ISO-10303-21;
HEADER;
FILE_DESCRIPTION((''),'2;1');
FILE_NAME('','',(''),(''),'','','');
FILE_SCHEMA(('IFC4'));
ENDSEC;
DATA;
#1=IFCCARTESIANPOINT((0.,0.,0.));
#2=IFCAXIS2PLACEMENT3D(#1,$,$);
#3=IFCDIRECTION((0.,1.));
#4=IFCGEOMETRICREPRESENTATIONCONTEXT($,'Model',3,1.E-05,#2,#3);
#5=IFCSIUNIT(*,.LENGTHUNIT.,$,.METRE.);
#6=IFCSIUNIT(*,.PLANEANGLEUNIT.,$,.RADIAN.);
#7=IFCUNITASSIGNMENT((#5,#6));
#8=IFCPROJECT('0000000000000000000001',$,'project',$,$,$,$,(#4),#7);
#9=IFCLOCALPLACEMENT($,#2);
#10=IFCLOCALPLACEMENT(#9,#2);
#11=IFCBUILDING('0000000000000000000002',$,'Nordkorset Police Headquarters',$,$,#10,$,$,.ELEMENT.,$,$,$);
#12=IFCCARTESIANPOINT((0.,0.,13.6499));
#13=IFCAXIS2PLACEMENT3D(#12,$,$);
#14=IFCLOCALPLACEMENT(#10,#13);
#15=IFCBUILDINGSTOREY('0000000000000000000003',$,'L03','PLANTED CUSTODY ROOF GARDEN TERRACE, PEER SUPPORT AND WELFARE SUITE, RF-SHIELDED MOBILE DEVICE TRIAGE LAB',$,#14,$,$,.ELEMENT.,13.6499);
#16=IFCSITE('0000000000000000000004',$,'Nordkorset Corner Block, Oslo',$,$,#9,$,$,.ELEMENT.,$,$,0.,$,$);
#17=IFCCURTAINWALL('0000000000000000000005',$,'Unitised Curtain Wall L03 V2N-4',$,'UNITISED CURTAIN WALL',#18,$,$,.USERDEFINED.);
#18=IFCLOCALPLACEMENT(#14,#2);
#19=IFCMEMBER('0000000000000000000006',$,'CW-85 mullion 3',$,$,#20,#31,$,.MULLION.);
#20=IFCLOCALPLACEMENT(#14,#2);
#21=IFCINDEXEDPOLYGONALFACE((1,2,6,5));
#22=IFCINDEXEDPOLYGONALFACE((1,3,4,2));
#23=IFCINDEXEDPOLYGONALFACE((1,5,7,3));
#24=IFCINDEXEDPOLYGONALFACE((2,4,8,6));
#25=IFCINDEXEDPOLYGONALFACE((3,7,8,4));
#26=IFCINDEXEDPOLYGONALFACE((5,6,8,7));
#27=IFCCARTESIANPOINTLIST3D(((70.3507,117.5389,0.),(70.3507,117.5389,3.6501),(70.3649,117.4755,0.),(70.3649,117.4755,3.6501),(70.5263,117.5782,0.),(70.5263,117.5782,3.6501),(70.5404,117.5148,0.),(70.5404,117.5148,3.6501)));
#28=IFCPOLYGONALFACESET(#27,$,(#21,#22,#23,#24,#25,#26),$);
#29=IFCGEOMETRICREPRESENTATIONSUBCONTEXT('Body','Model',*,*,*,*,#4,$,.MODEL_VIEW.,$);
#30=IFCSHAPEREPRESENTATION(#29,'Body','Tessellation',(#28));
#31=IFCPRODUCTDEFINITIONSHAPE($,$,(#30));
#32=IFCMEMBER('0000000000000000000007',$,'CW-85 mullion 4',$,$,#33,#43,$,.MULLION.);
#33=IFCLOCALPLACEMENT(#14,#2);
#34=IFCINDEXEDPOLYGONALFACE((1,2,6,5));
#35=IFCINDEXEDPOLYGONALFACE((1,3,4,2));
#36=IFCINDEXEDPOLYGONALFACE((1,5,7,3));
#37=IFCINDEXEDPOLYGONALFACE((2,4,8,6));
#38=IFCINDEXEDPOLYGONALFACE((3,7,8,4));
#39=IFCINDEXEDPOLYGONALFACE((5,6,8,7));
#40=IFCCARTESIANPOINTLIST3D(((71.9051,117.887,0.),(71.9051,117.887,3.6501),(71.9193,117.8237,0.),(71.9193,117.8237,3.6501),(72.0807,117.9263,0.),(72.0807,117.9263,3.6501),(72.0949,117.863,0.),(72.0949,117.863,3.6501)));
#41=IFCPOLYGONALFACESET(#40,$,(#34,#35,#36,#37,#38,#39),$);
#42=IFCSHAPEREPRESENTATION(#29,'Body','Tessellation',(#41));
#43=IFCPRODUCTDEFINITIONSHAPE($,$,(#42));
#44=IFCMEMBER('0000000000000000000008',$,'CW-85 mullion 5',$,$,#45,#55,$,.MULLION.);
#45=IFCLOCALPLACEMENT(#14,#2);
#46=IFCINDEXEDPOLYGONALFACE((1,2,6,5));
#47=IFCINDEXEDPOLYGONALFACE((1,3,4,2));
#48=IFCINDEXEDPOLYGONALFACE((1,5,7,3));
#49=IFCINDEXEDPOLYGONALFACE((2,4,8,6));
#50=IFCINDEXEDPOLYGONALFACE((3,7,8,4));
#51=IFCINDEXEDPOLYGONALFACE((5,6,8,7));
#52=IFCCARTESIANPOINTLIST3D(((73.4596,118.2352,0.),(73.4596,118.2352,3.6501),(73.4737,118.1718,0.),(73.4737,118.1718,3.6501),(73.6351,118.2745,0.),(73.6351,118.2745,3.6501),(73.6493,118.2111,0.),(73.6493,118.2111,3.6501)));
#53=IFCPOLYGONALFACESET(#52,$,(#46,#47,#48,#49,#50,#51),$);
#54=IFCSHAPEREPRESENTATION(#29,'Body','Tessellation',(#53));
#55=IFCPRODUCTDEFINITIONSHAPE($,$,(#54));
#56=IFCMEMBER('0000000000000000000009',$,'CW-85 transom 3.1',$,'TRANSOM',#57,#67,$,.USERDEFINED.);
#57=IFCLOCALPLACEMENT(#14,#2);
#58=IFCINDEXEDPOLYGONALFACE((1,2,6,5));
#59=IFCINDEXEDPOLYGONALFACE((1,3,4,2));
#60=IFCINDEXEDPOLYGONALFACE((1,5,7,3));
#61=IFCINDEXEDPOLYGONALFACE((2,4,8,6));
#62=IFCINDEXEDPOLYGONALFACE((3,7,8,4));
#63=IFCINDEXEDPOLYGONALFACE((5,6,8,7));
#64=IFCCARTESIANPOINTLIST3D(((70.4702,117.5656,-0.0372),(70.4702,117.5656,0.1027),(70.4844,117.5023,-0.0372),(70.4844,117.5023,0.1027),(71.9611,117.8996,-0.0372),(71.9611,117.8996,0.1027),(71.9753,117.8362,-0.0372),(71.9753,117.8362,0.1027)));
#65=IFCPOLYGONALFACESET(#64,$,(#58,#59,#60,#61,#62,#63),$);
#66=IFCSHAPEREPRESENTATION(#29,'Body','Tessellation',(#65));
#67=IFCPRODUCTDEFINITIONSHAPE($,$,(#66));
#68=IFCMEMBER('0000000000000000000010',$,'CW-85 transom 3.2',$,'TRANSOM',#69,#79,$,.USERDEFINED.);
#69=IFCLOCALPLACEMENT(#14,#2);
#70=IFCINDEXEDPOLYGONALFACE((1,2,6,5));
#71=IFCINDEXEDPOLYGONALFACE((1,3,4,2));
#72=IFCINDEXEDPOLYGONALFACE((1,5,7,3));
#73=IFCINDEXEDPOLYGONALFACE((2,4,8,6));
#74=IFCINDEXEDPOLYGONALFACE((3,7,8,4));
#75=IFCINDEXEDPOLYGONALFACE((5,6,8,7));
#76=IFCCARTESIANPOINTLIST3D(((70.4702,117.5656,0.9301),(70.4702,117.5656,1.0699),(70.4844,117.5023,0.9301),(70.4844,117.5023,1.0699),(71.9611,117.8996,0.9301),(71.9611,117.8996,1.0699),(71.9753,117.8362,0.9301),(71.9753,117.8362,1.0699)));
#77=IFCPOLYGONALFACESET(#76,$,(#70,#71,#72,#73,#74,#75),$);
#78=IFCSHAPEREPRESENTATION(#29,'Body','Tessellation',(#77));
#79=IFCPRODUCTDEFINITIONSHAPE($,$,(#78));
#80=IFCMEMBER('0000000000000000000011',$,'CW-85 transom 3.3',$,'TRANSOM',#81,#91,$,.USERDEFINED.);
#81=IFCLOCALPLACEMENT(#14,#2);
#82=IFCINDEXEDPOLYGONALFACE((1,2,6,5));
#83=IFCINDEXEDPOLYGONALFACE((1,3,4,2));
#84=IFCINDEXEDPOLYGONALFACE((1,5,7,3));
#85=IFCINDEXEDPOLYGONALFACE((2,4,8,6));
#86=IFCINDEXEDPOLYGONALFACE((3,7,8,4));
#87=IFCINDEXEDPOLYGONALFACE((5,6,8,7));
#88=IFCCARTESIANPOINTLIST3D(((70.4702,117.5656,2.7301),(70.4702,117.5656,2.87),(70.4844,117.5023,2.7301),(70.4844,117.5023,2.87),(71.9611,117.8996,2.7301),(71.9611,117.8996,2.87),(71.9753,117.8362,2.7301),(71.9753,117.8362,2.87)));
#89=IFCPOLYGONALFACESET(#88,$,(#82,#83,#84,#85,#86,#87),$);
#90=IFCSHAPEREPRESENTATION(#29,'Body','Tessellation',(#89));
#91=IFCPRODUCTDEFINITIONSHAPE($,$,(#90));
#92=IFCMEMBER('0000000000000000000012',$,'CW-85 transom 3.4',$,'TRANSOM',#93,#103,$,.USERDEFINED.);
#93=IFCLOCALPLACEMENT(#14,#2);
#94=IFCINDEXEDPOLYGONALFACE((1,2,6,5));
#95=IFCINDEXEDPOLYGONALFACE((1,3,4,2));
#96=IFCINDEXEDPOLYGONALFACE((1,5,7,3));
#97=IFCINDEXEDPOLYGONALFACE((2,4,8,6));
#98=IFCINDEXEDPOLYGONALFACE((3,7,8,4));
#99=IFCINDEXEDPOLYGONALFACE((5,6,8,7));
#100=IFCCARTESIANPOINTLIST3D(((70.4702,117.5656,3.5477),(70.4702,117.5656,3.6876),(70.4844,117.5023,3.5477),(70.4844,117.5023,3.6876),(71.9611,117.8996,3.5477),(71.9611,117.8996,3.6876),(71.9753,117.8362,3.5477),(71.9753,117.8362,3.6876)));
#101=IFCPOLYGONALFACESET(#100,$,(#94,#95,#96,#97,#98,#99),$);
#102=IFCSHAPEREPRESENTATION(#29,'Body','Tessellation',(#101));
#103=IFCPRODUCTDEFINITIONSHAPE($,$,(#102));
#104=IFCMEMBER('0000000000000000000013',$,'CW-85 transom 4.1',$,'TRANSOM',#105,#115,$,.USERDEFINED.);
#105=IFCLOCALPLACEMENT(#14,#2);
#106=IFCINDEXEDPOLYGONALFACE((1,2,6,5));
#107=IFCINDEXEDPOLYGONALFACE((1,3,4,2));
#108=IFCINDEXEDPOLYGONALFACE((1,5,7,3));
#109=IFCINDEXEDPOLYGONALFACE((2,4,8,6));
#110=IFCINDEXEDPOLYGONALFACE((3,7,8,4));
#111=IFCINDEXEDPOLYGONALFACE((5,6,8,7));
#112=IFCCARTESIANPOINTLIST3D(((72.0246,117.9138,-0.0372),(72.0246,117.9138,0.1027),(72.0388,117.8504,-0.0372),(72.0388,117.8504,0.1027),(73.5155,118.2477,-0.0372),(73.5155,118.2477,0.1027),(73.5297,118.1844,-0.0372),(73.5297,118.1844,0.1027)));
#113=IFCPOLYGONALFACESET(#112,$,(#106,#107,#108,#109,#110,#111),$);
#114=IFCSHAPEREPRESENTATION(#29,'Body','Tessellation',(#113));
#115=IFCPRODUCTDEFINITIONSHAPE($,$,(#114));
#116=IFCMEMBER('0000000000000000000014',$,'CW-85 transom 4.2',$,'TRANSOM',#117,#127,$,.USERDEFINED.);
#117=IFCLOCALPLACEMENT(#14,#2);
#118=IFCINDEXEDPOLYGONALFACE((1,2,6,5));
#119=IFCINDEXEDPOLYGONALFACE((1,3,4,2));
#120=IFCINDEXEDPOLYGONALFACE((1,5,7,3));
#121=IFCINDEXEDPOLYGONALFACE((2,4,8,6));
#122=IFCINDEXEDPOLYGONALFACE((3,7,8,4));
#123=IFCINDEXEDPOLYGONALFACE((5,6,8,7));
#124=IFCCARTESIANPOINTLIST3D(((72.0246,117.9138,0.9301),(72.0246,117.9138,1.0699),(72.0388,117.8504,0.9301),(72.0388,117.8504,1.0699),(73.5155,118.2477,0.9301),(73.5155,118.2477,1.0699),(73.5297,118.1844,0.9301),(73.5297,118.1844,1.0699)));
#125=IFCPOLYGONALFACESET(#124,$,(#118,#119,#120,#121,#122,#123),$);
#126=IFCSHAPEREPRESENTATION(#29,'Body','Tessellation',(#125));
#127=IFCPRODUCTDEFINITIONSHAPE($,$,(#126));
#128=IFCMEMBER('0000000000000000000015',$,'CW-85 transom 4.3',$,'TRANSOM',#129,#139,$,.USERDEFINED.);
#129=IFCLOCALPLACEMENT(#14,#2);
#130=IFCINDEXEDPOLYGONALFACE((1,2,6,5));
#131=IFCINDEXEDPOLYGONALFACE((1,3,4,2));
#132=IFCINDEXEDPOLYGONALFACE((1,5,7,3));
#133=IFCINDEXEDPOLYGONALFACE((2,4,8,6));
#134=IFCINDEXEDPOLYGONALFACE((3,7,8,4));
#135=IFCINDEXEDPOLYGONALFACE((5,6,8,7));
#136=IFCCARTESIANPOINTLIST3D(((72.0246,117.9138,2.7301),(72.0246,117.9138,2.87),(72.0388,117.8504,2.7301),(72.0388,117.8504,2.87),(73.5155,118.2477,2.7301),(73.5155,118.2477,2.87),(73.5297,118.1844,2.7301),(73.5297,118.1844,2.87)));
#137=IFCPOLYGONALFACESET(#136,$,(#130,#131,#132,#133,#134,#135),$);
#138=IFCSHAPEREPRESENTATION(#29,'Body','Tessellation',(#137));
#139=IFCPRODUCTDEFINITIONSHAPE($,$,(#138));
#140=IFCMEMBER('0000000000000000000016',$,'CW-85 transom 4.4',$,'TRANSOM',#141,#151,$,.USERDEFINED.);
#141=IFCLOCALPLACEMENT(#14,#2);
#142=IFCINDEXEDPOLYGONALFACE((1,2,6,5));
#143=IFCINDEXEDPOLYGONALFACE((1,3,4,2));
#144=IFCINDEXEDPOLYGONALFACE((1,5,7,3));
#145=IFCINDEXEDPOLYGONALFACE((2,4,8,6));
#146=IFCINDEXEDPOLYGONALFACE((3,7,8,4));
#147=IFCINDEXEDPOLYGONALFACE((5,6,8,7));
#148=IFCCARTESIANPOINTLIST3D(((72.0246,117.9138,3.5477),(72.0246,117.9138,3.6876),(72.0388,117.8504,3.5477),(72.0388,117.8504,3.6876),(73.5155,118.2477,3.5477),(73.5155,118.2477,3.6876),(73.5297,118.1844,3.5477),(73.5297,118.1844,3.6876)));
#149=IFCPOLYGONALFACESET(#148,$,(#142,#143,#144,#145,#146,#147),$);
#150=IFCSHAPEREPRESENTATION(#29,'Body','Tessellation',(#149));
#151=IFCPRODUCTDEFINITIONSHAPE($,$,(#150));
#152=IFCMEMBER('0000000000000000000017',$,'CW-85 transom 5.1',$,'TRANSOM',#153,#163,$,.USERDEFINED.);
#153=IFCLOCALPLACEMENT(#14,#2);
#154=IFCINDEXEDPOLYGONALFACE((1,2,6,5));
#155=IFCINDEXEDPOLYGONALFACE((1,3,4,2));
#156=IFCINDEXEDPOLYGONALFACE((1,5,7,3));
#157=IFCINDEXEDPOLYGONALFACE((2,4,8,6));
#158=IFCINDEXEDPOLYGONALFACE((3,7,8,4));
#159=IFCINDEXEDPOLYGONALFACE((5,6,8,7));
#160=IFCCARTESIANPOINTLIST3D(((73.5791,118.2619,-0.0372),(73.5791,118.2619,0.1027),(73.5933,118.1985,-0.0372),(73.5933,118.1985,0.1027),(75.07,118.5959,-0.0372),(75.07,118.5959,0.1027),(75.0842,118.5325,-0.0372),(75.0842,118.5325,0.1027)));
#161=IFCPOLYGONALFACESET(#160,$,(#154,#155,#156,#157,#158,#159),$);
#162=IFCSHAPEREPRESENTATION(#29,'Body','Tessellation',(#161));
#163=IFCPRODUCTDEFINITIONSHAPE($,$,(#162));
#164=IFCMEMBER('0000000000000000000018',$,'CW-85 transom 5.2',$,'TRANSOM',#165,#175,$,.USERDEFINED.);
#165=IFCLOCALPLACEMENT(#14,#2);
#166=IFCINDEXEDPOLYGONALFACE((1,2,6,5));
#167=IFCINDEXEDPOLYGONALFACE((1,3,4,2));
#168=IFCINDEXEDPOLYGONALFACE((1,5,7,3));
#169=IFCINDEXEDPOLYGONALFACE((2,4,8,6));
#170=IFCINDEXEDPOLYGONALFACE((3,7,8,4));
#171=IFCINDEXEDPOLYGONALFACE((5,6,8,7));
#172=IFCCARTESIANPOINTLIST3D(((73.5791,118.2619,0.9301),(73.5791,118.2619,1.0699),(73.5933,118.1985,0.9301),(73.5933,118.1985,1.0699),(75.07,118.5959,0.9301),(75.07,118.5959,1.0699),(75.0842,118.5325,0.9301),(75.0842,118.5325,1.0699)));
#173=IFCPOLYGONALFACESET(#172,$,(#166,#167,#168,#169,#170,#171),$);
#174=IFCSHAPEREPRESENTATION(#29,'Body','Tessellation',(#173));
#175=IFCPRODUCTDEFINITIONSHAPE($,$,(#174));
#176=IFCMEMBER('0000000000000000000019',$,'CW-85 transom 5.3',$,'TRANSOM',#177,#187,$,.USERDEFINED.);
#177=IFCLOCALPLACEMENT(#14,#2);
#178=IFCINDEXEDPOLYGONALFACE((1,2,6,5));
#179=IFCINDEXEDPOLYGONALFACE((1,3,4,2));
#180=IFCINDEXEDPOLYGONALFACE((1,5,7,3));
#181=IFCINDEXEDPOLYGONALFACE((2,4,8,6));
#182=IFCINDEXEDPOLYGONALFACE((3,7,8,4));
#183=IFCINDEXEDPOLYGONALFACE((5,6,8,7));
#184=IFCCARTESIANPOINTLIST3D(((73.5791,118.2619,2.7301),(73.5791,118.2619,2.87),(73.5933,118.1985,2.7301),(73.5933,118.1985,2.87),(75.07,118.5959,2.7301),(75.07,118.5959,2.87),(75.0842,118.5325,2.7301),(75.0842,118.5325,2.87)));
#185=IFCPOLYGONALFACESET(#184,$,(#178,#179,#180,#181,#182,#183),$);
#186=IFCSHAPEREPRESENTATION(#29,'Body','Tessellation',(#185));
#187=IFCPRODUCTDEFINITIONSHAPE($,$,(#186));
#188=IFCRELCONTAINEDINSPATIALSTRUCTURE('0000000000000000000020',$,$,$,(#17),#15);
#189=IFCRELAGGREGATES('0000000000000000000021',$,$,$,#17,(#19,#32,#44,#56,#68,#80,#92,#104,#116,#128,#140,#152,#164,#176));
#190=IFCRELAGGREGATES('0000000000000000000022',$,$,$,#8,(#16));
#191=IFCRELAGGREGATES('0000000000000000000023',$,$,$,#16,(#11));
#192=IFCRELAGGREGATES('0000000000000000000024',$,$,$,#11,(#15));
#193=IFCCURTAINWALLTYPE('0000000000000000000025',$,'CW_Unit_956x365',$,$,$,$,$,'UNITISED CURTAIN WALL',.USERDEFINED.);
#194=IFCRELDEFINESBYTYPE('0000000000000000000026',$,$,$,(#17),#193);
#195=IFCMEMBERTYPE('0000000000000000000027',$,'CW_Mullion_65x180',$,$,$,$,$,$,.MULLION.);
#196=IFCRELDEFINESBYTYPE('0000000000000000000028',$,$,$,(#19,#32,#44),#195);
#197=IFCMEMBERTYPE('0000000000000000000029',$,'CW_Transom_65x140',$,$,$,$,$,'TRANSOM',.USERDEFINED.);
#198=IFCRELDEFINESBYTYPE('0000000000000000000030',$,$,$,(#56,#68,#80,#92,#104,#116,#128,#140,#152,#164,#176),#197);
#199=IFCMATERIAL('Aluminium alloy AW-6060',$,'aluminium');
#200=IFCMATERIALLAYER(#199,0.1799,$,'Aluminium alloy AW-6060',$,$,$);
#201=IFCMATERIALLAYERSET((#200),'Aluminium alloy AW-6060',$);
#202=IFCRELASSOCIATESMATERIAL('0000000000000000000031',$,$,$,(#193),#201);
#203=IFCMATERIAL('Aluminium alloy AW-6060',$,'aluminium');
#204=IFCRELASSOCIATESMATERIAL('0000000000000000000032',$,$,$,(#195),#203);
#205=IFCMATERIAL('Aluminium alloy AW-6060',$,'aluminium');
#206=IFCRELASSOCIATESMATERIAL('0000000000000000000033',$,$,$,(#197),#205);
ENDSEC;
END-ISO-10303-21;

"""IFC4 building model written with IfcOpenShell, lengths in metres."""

from ifc_helpers import new_model, si_unit, direction, frame, origin, origin_2d, place, context, subcontext, project, spatial, rectangle, extrude, material, layer, layer_set, material_profile, profile_set, type_object, element, aggregate, save


model = new_model("IFC4")

# Units and contexts
model_context = context("Model", 3, precision=1e-05, world=origin(), true_north=direction((0.0, 1.0)))
body_context = subcontext(model_context, "Body", "Model", "MODEL_VIEW")
ifc_project = project(units=[si_unit("LENGTHUNIT", "METRE"), si_unit("PLANEANGLEUNIT", "RADIAN")], contexts=[model_context])

# Site, building, storey
site_placement = place(None, origin())
site = spatial("IfcSite", under=ifc_project, at=site_placement, Name="Nordkorset Corner Block, Oslo", CompositionType="ELEMENT", RefElevation=0.0)
building_placement = place(site_placement, origin())
building = spatial("IfcBuilding", under=site, at=building_placement, Name="Nordkorset Police Headquarters", CompositionType="ELEMENT")
storey_placement = place(building_placement, frame((0.0, 0.0, 13.6499)))
storey = spatial("IfcBuildingStorey", under=building, at=storey_placement, Name="L03", Description="PLANTED CUSTODY ROOF GARDEN TERRACE, PEER SUPPORT AND WELFARE SUITE, RF-SHIELDED MOBILE DEVICE TRIAGE LAB", CompositionType="ELEMENT", Elevation=13.6499)

# Curtain wall, members
ifc_material_1 = material(Name="Aluminium alloy AW-6060", Category="aluminium")
ifc_layer_1 = layer(ifc_material_1, 0.1799, Name="Aluminium alloy AW-6060")
ifc_layer_set_1 = layer_set([ifc_layer_1], Name="Aluminium alloy AW-6060")
curtain_wall_type = type_object("IfcCurtainWallType", Name="CW_Unit_956x365", ElementType="UNITISED CURTAIN WALL", PredefinedType="USERDEFINED", material=ifc_layer_set_1)
curtain_wall_placement = place(storey_placement, origin())
curtain_wall = element("IfcCurtainWall", 1, at=curtain_wall_placement, inside=storey, type_object=curtain_wall_type, Name="Unitised Curtain Wall L03 V2N-4", ObjectType="UNITISED CURTAIN WALL", PredefinedType="USERDEFINED")
ifc_material_2 = material(Name="Aluminium alloy AW-6060", Category="aluminium")
ifc_material_profile_1 = material_profile(ifc_material_2, rectangle(XDim=0.0649, YDim=0.1799, at=origin_2d()), Name="ALU MULL 65x180")
ifc_profile_set_1 = profile_set([ifc_material_profile_1], Name="Aluminium alloy AW-6060")
member_type_1 = type_object("IfcMemberType", Name="CW_Mullion_65x180", PredefinedType="MULLION", material=ifc_profile_set_1)
member_1_placement = place(storey_placement, frame((70.4456, 117.5269, 0.0), z_axis=(0.0, 0.0, 1.0), x_axis=(-0.218544, 0.975827, 0.0)))
member_1 = element("IfcMember", 2, at=member_1_placement, type_object=member_type_1, Name="CW-85 mullion 3", PredefinedType="MULLION", context=body_context, shape_type="SweptSolid", body=[
    extrude(rectangle(XDim=0.0649, YDim=0.1799, at=origin_2d()), origin(), (0.0, 0.0, 1.0), 3.6501),
])
member_2_placement = place(storey_placement, frame((72.0, 117.875, 0.0), z_axis=(0.0, 0.0, 1.0), x_axis=(-0.218544, 0.975827, 0.0)))
member_2 = element("IfcMember", 3, at=member_2_placement, type_object=member_type_1, Name="CW-85 mullion 4", PredefinedType="MULLION", context=body_context, shape_type="SweptSolid", body=[
    extrude(rectangle(XDim=0.0649, YDim=0.1799, at=origin_2d()), origin(), (0.0, 0.0, 1.0), 3.6501),
])
member_3_placement = place(storey_placement, frame((73.5544, 118.2231, 0.0), z_axis=(0.0, 0.0, 1.0), x_axis=(-0.218544, 0.975827, 0.0)))
member_3 = element("IfcMember", 4, at=member_3_placement, type_object=member_type_1, Name="CW-85 mullion 5", PredefinedType="MULLION", context=body_context, shape_type="SweptSolid", body=[
    extrude(rectangle(XDim=0.0649, YDim=0.1799, at=origin_2d()), origin(), (0.0, 0.0, 1.0), 3.6501),
])
ifc_material_3 = material(Name="Aluminium alloy AW-6060", Category="aluminium")
ifc_material_profile_2 = material_profile(ifc_material_3, rectangle(XDim=0.0649, YDim=0.1399, at=origin_2d()), Name="ALU TRAN 65x140")
ifc_profile_set_2 = profile_set([ifc_material_profile_2], Name="Aluminium alloy AW-6060")
member_type_2 = type_object("IfcMemberType", Name="CW_Transom_65x140", ElementType="TRANSOM", PredefinedType="USERDEFINED", material=ifc_profile_set_2)
member_4_placement = place(storey_placement, frame((70.4773, 117.5339, 0.0327), z_axis=(0.975817, 0.218588, 0.0), x_axis=(-0.218588, 0.975817, 0.0)))
member_4 = element("IfcMember", 5, at=member_4_placement, type_object=member_type_2, Name="CW-85 transom 3.1", ObjectType="TRANSOM", PredefinedType="USERDEFINED", context=body_context, shape_type="SweptSolid", body=[
    extrude(rectangle(XDim=0.0649, YDim=0.1399, at=origin_2d()), origin(), (0.0, 0.0, 1.0), 1.5278),
])
member_5_placement = place(storey_placement, frame((70.4773, 117.5339, 1.0), z_axis=(0.975817, 0.218588, 0.0), x_axis=(-0.218588, 0.975817, 0.0)))
member_5 = element("IfcMember", 6, at=member_5_placement, type_object=member_type_2, Name="CW-85 transom 3.2", ObjectType="TRANSOM", PredefinedType="USERDEFINED", context=body_context, shape_type="SweptSolid", body=[
    extrude(rectangle(XDim=0.0649, YDim=0.1399, at=origin_2d()), origin(), (0.0, 0.0, 1.0), 1.5278),
])
member_6_placement = place(storey_placement, frame((70.4773, 117.5339, 2.8), z_axis=(0.975817, 0.218588, 0.0), x_axis=(-0.218588, 0.975817, 0.0)))
member_6 = element("IfcMember", 7, at=member_6_placement, type_object=member_type_2, Name="CW-85 transom 3.3", ObjectType="TRANSOM", PredefinedType="USERDEFINED", context=body_context, shape_type="SweptSolid", body=[
    extrude(rectangle(XDim=0.0649, YDim=0.1399, at=origin_2d()), origin(), (0.0, 0.0, 1.0), 1.5278),
])
member_7_placement = place(storey_placement, frame((70.4773, 117.5339, 3.6177), z_axis=(0.975817, 0.218588, 0.0), x_axis=(-0.218588, 0.975817, 0.0)))
member_7 = element("IfcMember", 8, at=member_7_placement, type_object=member_type_2, Name="CW-85 transom 3.4", ObjectType="TRANSOM", PredefinedType="USERDEFINED", context=body_context, shape_type="SweptSolid", body=[
    extrude(rectangle(XDim=0.0649, YDim=0.1399, at=origin_2d()), origin(), (0.0, 0.0, 1.0), 1.5278),
])
member_8_placement = place(storey_placement, frame((72.0317, 117.8821, 0.0327), z_axis=(0.975817, 0.218588, 0.0), x_axis=(-0.218588, 0.975817, 0.0)))
member_8 = element("IfcMember", 9, at=member_8_placement, type_object=member_type_2, Name="CW-85 transom 4.1", ObjectType="TRANSOM", PredefinedType="USERDEFINED", context=body_context, shape_type="SweptSolid", body=[
    extrude(rectangle(XDim=0.0649, YDim=0.1399, at=origin_2d()), origin(), (0.0, 0.0, 1.0), 1.5278),
])
member_9_placement = place(storey_placement, frame((72.0317, 117.8821, 1.0), z_axis=(0.975817, 0.218588, 0.0), x_axis=(-0.218588, 0.975817, 0.0)))
member_9 = element("IfcMember", 10, at=member_9_placement, type_object=member_type_2, Name="CW-85 transom 4.2", ObjectType="TRANSOM", PredefinedType="USERDEFINED", context=body_context, shape_type="SweptSolid", body=[
    extrude(rectangle(XDim=0.0649, YDim=0.1399, at=origin_2d()), origin(), (0.0, 0.0, 1.0), 1.5278),
])
member_10_placement = place(storey_placement, frame((72.0317, 117.8821, 2.8), z_axis=(0.975817, 0.218588, 0.0), x_axis=(-0.218588, 0.975817, 0.0)))
member_10 = element("IfcMember", 11, at=member_10_placement, type_object=member_type_2, Name="CW-85 transom 4.3", ObjectType="TRANSOM", PredefinedType="USERDEFINED", context=body_context, shape_type="SweptSolid", body=[
    extrude(rectangle(XDim=0.0649, YDim=0.1399, at=origin_2d()), origin(), (0.0, 0.0, 1.0), 1.5278),
])
member_11_placement = place(storey_placement, frame((72.0317, 117.8821, 3.6177), z_axis=(0.975817, 0.218588, 0.0), x_axis=(-0.218588, 0.975817, 0.0)))
member_11 = element("IfcMember", 12, at=member_11_placement, type_object=member_type_2, Name="CW-85 transom 4.4", ObjectType="TRANSOM", PredefinedType="USERDEFINED", context=body_context, shape_type="SweptSolid", body=[
    extrude(rectangle(XDim=0.0649, YDim=0.1399, at=origin_2d()), origin(), (0.0, 0.0, 1.0), 1.5278),
])
member_12_placement = place(storey_placement, frame((73.5862, 118.2302, 0.0327), z_axis=(0.975817, 0.218588, 0.0), x_axis=(-0.218588, 0.975817, 0.0)))
member_12 = element("IfcMember", 13, at=member_12_placement, type_object=member_type_2, Name="CW-85 transom 5.1", ObjectType="TRANSOM", PredefinedType="USERDEFINED", context=body_context, shape_type="SweptSolid", body=[
    extrude(rectangle(XDim=0.0649, YDim=0.1399, at=origin_2d()), origin(), (0.0, 0.0, 1.0), 1.5278),
])
member_13_placement = place(storey_placement, frame((73.5862, 118.2302, 1.0), z_axis=(0.975817, 0.218588, 0.0), x_axis=(-0.218588, 0.975817, 0.0)))
member_13 = element("IfcMember", 14, at=member_13_placement, type_object=member_type_2, Name="CW-85 transom 5.2", ObjectType="TRANSOM", PredefinedType="USERDEFINED", context=body_context, shape_type="SweptSolid", body=[
    extrude(rectangle(XDim=0.0649, YDim=0.1399, at=origin_2d()), origin(), (0.0, 0.0, 1.0), 1.5278),
])
member_14_placement = place(storey_placement, frame((73.5862, 118.2302, 2.8), z_axis=(0.975817, 0.218588, 0.0), x_axis=(-0.218588, 0.975817, 0.0)))
member_14 = element("IfcMember", 15, at=member_14_placement, type_object=member_type_2, Name="CW-85 transom 5.3", ObjectType="TRANSOM", PredefinedType="USERDEFINED", context=body_context, shape_type="SweptSolid", body=[
    extrude(rectangle(XDim=0.0649, YDim=0.1399, at=origin_2d()), origin(), (0.0, 0.0, 1.0), 1.5278),
])
aggregate(curtain_wall, [member_1, member_2, member_3, member_4, member_5, member_6, member_7, member_8, member_9, member_10, member_11, member_12, member_13, member_14])

save(model, "model.ifc")
